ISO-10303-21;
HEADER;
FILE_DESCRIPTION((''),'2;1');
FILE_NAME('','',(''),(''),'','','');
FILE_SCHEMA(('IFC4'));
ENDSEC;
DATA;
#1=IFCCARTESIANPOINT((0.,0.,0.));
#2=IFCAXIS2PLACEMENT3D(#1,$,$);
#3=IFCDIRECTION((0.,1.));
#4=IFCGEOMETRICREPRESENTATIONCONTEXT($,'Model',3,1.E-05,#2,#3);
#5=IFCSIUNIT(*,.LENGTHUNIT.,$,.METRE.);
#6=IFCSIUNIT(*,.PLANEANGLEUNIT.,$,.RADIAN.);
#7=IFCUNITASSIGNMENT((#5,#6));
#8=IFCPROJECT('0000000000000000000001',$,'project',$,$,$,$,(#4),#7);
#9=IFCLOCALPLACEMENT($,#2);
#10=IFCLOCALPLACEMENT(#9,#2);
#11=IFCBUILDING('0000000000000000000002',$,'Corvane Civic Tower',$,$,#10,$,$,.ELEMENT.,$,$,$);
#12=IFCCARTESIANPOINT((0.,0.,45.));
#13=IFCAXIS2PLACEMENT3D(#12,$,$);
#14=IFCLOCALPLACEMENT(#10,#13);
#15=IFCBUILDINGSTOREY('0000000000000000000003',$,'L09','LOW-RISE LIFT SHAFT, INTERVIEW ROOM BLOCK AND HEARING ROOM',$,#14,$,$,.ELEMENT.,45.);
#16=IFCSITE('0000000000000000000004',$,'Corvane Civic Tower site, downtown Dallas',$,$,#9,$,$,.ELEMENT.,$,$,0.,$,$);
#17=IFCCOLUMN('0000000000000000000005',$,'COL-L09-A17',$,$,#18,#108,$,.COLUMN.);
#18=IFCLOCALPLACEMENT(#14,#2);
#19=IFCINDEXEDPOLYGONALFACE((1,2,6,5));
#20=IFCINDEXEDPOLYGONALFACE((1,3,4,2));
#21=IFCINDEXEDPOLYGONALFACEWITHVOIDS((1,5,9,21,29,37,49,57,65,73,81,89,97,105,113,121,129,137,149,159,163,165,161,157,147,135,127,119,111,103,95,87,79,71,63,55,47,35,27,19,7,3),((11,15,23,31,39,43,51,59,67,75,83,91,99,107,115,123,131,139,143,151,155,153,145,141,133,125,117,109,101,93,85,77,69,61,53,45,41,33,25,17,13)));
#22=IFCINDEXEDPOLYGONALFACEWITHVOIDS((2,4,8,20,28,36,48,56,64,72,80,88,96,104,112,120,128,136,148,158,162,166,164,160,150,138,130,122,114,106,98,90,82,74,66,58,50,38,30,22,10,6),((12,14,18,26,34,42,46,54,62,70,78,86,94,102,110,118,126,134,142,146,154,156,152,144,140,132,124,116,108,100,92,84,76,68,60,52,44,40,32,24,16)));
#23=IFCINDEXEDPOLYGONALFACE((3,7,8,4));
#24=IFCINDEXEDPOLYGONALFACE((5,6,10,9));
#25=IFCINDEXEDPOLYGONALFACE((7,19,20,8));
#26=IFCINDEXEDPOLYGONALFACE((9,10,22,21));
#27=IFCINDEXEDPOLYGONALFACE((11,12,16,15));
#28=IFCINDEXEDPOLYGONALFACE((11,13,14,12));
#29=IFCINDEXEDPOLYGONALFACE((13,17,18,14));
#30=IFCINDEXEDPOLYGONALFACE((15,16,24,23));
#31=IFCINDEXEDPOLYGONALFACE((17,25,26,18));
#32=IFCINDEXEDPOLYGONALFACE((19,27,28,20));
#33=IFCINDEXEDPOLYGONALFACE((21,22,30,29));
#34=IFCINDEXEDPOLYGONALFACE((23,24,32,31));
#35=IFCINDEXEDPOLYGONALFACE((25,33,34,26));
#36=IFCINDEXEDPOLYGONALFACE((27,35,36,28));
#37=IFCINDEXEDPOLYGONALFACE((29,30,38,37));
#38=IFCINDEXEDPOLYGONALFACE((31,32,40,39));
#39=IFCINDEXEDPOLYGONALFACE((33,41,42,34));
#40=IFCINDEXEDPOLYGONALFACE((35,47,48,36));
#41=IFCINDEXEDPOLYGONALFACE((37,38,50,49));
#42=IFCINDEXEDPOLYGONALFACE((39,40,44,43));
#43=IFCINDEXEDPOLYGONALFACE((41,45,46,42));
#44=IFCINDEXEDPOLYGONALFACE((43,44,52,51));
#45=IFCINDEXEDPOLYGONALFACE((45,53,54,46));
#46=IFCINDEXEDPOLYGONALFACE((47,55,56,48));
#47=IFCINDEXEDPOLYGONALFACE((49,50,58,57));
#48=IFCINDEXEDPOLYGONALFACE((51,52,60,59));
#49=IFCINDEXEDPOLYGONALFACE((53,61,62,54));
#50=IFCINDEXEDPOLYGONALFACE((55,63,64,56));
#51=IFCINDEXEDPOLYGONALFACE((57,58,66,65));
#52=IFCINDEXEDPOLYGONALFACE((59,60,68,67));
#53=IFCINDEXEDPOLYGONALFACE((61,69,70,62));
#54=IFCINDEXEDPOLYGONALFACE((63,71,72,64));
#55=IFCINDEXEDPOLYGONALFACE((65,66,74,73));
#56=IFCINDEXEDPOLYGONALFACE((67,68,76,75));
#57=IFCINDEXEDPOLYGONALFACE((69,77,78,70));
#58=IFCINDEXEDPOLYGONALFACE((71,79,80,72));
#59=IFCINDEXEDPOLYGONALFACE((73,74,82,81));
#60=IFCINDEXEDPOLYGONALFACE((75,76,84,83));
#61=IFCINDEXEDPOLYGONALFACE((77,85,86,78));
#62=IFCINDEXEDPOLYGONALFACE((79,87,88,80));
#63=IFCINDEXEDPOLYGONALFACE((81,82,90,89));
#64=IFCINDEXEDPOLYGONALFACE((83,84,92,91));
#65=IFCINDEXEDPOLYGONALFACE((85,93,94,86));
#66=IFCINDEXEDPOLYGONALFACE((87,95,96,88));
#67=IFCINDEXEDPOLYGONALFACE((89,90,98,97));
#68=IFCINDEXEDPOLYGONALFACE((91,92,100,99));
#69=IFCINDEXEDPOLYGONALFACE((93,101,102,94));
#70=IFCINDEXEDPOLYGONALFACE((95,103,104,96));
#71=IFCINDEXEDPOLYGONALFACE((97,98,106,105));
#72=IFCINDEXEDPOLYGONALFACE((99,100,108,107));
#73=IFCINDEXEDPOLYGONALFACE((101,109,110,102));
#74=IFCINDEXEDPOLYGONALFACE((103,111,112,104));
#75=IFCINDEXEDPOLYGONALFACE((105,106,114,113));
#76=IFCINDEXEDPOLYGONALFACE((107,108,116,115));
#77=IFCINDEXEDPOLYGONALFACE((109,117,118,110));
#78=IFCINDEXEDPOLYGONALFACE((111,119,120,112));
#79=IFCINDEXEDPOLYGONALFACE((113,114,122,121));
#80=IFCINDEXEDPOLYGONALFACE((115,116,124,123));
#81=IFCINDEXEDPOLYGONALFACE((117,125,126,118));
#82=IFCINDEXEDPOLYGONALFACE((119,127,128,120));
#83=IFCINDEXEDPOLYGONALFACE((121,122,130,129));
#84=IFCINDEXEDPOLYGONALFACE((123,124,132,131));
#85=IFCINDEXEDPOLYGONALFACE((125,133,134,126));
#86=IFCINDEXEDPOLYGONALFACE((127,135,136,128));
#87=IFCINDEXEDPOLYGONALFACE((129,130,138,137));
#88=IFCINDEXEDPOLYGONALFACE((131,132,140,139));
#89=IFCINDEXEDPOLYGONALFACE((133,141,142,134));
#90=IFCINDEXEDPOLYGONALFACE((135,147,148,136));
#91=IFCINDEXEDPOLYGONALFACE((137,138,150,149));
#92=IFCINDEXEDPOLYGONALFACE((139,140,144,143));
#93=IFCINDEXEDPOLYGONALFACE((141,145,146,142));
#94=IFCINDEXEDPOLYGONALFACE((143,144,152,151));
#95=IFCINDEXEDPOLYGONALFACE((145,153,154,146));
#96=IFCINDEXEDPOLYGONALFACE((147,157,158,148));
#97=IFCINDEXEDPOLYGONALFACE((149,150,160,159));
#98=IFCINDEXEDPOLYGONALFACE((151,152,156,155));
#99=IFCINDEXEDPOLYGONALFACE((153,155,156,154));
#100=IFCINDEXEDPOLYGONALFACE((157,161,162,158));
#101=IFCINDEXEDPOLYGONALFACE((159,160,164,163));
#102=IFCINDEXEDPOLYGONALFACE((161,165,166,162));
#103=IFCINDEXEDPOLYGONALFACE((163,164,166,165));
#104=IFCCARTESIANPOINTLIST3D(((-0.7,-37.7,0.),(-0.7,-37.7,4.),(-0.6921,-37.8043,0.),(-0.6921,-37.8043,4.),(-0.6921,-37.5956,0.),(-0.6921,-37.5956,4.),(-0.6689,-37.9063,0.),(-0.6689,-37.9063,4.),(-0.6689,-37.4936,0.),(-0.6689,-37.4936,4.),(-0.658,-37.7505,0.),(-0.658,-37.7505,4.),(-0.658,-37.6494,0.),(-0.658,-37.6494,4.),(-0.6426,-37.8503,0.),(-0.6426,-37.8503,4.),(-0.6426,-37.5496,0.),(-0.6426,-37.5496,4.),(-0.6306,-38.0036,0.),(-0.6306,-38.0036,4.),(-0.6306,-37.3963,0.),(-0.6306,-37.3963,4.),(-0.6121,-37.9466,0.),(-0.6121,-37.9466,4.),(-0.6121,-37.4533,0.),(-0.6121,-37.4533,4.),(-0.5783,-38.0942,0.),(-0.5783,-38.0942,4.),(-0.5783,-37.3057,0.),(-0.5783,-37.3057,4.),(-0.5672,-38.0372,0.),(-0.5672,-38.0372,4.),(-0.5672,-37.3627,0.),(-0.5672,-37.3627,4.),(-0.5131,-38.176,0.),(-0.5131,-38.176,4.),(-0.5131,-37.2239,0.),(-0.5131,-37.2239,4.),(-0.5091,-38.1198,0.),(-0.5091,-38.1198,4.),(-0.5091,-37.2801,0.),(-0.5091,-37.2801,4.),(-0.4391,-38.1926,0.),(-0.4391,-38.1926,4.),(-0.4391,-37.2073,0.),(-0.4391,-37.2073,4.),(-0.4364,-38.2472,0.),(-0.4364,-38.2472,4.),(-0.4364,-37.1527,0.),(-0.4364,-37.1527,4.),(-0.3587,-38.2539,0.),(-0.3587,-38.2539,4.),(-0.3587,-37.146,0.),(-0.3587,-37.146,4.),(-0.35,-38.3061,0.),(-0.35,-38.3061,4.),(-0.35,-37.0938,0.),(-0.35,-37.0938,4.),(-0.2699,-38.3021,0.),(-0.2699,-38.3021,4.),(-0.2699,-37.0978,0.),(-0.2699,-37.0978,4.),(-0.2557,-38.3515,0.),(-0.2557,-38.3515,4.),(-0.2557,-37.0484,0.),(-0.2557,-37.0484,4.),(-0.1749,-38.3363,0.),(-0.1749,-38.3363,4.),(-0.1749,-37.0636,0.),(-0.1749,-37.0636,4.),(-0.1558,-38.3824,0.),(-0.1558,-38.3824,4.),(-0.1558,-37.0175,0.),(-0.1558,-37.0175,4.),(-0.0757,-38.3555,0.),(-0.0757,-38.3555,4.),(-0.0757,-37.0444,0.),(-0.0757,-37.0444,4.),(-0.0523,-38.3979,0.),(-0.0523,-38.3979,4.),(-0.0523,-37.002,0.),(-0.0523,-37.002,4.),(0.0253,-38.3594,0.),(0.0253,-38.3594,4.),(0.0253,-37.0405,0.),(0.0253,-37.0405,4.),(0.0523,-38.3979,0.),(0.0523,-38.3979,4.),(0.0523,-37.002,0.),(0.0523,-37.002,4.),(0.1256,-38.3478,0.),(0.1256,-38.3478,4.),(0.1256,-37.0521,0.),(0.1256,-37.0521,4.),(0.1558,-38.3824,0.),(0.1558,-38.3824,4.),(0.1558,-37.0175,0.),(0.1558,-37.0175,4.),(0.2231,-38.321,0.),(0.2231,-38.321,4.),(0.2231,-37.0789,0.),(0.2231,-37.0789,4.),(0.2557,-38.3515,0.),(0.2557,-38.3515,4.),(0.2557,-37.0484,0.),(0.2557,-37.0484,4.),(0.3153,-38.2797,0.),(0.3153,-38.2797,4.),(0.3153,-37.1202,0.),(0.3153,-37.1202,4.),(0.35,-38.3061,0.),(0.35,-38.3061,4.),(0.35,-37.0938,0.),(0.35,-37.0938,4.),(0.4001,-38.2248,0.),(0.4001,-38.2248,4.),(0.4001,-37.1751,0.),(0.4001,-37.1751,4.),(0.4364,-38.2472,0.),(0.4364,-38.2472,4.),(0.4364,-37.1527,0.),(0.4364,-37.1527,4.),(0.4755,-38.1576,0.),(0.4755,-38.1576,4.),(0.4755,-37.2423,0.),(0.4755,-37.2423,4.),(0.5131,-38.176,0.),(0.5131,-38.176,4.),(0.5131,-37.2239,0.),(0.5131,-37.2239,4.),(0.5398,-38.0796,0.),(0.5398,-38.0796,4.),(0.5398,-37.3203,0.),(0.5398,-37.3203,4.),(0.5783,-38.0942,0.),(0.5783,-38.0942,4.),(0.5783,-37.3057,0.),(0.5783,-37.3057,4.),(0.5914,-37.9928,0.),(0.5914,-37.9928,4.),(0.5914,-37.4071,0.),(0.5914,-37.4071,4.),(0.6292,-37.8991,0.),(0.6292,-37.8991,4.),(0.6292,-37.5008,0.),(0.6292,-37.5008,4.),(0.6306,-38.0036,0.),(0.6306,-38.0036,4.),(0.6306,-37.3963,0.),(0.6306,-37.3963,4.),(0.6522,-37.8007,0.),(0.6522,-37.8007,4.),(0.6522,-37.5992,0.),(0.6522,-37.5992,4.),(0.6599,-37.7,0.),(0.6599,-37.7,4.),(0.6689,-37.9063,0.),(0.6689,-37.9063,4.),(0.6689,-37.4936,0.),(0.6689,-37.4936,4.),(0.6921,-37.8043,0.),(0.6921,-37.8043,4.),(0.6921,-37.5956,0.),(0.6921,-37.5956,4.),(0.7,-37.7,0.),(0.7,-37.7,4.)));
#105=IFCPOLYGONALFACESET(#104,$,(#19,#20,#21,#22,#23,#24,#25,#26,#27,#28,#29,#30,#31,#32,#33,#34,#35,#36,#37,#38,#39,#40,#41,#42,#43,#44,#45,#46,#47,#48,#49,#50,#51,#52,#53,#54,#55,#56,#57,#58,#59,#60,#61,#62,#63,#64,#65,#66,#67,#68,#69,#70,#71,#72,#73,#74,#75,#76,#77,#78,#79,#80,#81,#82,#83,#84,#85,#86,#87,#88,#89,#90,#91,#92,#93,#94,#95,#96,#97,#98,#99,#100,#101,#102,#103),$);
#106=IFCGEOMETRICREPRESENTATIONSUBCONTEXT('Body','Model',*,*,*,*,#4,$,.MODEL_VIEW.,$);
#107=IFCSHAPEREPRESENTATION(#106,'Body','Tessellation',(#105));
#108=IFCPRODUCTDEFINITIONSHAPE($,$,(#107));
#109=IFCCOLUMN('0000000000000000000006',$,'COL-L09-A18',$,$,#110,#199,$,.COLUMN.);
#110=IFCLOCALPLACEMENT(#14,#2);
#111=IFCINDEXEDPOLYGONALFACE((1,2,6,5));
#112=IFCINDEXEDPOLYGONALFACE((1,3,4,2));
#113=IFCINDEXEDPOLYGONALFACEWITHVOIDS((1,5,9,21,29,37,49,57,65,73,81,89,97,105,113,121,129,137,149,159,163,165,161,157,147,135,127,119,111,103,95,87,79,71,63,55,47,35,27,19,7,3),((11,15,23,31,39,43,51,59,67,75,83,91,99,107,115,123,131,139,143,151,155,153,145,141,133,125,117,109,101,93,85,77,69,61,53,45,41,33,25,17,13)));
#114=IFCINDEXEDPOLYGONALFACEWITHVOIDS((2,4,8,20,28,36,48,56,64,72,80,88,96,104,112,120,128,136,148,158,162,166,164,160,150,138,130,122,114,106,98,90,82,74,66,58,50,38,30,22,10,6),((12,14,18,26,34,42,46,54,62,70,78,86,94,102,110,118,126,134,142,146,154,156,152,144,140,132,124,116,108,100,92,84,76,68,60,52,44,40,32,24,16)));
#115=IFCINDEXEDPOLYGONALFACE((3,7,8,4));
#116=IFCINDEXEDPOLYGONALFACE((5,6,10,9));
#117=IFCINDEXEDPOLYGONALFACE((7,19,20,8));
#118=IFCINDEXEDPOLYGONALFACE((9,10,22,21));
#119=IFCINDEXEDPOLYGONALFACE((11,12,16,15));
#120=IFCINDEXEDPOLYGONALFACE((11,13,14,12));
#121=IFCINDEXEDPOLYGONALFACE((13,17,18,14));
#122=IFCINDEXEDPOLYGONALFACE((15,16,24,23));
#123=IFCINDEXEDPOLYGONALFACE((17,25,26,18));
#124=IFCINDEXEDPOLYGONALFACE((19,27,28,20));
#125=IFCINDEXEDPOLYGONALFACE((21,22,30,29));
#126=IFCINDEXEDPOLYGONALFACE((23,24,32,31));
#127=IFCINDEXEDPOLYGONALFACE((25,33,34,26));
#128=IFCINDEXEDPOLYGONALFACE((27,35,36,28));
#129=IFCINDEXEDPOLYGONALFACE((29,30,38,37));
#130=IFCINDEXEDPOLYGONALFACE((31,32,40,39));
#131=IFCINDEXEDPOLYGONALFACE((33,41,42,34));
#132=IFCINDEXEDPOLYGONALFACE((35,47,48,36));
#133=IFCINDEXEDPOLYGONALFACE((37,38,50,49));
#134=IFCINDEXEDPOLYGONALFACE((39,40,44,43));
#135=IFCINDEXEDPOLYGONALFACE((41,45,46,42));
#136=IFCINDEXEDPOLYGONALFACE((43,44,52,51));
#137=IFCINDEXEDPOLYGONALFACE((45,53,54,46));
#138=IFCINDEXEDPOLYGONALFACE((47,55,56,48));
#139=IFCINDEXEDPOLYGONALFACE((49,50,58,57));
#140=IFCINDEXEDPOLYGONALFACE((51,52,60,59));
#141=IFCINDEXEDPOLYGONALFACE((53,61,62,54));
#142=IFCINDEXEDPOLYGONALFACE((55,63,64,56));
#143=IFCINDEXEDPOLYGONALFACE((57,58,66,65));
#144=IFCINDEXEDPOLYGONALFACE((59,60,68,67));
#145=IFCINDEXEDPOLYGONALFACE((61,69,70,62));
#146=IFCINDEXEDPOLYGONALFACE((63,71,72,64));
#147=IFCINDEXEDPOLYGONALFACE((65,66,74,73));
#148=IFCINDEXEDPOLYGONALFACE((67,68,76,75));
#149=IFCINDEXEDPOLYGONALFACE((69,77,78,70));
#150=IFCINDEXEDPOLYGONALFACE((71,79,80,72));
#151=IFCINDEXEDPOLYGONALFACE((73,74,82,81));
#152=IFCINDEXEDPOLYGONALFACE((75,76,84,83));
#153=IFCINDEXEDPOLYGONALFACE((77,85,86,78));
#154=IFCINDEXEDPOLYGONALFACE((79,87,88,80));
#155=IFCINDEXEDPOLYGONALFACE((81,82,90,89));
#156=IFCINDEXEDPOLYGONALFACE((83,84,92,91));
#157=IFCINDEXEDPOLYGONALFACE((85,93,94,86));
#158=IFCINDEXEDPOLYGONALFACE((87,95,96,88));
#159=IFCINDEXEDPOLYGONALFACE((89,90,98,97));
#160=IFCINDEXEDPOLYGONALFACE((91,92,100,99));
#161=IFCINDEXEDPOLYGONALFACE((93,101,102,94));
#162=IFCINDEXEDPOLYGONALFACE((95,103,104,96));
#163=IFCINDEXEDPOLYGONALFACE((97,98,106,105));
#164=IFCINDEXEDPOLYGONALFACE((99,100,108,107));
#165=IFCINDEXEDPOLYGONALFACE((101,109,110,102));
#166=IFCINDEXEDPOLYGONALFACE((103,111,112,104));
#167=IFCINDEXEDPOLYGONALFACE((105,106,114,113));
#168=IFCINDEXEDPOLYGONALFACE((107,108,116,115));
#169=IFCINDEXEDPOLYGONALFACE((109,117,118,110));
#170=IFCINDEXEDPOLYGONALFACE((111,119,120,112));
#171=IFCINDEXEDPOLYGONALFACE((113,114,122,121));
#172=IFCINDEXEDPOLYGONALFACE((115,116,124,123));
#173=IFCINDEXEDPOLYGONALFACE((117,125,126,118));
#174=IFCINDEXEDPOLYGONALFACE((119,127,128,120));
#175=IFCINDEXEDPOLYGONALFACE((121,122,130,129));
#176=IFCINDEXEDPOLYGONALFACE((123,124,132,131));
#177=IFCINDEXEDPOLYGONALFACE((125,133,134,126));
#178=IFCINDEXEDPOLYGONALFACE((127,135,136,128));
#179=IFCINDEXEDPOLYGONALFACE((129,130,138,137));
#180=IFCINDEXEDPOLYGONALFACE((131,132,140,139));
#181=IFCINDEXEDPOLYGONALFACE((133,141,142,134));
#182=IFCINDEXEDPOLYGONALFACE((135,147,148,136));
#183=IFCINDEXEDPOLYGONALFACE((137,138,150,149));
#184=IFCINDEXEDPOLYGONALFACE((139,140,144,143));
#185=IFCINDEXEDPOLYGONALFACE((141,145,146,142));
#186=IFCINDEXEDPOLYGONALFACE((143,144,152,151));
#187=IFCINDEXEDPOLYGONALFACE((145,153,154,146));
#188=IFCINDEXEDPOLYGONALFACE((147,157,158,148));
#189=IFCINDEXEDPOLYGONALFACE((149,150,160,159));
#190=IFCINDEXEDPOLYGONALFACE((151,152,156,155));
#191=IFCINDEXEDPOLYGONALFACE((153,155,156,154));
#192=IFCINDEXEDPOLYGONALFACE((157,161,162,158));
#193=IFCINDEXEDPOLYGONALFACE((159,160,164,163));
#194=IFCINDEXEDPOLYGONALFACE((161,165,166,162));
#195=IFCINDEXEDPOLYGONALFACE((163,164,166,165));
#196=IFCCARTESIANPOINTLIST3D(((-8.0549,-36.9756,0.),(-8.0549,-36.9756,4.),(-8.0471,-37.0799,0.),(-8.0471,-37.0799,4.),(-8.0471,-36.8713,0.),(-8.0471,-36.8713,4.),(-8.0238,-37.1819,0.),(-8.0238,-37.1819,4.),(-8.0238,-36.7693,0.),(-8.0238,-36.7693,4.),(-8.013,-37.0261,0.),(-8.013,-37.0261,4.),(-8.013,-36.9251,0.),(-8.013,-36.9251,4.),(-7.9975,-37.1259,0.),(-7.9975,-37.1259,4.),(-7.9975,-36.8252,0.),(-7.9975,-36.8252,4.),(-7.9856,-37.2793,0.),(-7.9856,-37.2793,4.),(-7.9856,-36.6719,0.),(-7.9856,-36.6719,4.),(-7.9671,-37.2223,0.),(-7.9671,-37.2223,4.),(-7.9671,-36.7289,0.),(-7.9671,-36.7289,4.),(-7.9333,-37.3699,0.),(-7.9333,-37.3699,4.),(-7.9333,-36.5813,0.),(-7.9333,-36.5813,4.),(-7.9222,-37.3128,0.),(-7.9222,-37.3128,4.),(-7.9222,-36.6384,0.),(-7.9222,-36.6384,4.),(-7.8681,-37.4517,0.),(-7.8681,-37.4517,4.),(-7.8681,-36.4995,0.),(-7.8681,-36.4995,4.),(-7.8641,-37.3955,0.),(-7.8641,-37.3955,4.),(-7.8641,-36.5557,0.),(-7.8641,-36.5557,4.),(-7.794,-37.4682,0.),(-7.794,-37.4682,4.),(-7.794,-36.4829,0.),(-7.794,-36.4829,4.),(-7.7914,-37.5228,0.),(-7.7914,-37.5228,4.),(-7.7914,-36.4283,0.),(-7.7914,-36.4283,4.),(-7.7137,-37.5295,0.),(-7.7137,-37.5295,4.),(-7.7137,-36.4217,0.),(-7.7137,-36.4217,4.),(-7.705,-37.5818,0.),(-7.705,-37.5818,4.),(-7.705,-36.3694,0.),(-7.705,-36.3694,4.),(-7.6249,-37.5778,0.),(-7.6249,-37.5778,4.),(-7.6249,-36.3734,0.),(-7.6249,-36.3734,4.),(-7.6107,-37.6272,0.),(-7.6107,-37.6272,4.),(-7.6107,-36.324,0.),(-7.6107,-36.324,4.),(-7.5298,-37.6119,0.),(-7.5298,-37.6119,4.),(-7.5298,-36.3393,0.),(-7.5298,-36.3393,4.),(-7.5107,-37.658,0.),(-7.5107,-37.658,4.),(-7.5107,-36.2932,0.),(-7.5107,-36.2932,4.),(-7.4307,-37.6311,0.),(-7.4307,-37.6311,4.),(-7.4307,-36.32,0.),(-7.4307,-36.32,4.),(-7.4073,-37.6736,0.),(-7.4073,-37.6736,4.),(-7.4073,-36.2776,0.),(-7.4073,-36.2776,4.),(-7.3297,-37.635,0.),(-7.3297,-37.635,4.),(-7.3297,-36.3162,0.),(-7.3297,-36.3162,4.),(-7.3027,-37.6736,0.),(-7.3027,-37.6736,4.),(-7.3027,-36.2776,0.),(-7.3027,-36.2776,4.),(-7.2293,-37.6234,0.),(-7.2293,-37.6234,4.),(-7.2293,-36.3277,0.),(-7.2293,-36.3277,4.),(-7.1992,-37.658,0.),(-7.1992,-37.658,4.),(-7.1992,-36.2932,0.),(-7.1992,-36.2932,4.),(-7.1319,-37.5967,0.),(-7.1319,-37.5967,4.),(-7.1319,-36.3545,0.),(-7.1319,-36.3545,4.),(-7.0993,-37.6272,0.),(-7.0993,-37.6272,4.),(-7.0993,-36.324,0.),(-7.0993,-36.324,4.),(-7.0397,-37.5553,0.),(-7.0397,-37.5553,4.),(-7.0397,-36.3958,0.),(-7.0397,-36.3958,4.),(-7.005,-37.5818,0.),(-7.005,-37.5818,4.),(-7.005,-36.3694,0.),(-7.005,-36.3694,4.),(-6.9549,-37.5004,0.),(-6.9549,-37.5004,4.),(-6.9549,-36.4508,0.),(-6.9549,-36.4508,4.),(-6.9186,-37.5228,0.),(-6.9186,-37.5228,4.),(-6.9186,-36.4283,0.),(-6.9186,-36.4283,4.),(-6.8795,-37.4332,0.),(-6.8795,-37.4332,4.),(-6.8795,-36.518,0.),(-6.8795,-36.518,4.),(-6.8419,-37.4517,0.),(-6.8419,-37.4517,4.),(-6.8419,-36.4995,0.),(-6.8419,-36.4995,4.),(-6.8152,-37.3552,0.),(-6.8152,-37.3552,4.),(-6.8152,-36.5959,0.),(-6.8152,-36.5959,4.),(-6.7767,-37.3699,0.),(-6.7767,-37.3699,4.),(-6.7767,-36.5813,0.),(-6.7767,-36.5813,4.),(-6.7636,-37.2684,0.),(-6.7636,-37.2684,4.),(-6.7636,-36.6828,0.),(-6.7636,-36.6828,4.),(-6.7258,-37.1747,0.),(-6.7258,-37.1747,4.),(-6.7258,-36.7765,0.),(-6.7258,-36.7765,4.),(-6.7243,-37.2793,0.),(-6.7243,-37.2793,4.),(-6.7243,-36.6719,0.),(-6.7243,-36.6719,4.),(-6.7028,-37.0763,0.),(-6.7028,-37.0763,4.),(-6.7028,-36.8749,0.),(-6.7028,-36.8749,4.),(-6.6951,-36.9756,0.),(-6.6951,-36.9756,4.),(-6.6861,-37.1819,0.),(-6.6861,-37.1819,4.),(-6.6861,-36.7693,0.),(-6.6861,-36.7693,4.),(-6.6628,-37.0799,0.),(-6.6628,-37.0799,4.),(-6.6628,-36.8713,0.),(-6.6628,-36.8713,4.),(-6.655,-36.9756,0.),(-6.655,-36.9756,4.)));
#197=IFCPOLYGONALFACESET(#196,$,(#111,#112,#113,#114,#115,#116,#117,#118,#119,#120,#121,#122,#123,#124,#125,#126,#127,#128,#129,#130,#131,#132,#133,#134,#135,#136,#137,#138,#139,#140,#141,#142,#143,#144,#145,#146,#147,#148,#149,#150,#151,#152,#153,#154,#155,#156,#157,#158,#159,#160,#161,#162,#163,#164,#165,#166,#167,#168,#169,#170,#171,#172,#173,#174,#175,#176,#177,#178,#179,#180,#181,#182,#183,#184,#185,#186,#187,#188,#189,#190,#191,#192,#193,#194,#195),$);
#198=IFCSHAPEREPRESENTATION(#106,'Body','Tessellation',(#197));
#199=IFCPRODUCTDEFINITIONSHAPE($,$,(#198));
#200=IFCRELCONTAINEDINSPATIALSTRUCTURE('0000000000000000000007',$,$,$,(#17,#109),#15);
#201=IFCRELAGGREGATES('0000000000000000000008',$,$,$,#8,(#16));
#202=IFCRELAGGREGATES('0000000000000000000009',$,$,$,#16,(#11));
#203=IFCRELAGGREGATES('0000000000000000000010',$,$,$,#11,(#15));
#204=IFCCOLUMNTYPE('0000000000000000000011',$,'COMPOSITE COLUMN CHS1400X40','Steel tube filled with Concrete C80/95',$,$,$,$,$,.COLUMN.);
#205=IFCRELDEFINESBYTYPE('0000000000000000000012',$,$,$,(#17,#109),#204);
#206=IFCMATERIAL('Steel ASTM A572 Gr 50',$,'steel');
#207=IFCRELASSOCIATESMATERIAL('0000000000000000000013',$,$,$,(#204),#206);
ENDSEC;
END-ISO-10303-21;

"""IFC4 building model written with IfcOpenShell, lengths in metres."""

from ifc_helpers import new_model, si_unit, direction, frame, origin, origin_2d, place, context, subcontext, project, spatial, hollow_circle, extrude, material, material_profile, profile_set, type_object, element, save


model = new_model("IFC4")

# Units and contexts
model_context = context("Model", 3, precision=1e-05, world=origin(), true_north=direction((0.0, 1.0)))
body_context = subcontext(model_context, "Body", "Model", "MODEL_VIEW")
ifc_project = project(units=[si_unit("LENGTHUNIT", "METRE"), si_unit("PLANEANGLEUNIT", "RADIAN")], contexts=[model_context])

# Site, building, storey
site_placement = place(None, origin())
site = spatial("IfcSite", under=ifc_project, at=site_placement, Name="Corvane Civic Tower site, downtown Dallas", CompositionType="ELEMENT", RefElevation=0.0)
building_placement = place(site_placement, origin())
building = spatial("IfcBuilding", under=site, at=building_placement, Name="Corvane Civic Tower", CompositionType="ELEMENT")
storey_placement = place(building_placement, frame((0.0, 0.0, 45.0)))
storey = spatial("IfcBuildingStorey", under=building, at=storey_placement, Name="L09", Description="LOW-RISE LIFT SHAFT, INTERVIEW ROOM BLOCK AND HEARING ROOM", CompositionType="ELEMENT", Elevation=45.0)

# Columns
ifc_material_1 = material(Name="Steel ASTM A572 Gr 50", Category="steel")
ifc_material_profile_1 = material_profile(ifc_material_1, hollow_circle(Radius=0.7, WallThickness=0.04, at=origin_2d()), Name="CHS1400X40")
ifc_profile_set_1 = profile_set([ifc_material_profile_1], Name="Steel ASTM A572 Gr 50")
column_type = type_object("IfcColumnType", Name="COMPOSITE COLUMN CHS1400X40", Description="Steel tube filled with Concrete C80/95", PredefinedType="COLUMN", material=ifc_profile_set_1)
for number, where, z_axis, x_axis, name in (
    (1, (0.0, -37.7, 0.0), (0.0, 0.0, 1.0), (1.0, 0.0, 0.0), "COL-L09-A17"),
    (2, (-7.355, -36.9756, 0.0), (0.0, 0.0, 1.0), (1.0, 0.0, 0.0), "COL-L09-A18"),
):
    element("IfcColumn", number, at=place(storey_placement, frame(where, z_axis=z_axis, x_axis=x_axis)), inside=storey, type_object=column_type, Name=name, PredefinedType="COLUMN", context=body_context, shape_type="SweptSolid", body=[
        extrude(hollow_circle(Radius=0.7, WallThickness=0.04, at=origin_2d()), origin(), (0.0, 0.0, 1.0), 4.0),
    ])

save(model, "model.ifc")
